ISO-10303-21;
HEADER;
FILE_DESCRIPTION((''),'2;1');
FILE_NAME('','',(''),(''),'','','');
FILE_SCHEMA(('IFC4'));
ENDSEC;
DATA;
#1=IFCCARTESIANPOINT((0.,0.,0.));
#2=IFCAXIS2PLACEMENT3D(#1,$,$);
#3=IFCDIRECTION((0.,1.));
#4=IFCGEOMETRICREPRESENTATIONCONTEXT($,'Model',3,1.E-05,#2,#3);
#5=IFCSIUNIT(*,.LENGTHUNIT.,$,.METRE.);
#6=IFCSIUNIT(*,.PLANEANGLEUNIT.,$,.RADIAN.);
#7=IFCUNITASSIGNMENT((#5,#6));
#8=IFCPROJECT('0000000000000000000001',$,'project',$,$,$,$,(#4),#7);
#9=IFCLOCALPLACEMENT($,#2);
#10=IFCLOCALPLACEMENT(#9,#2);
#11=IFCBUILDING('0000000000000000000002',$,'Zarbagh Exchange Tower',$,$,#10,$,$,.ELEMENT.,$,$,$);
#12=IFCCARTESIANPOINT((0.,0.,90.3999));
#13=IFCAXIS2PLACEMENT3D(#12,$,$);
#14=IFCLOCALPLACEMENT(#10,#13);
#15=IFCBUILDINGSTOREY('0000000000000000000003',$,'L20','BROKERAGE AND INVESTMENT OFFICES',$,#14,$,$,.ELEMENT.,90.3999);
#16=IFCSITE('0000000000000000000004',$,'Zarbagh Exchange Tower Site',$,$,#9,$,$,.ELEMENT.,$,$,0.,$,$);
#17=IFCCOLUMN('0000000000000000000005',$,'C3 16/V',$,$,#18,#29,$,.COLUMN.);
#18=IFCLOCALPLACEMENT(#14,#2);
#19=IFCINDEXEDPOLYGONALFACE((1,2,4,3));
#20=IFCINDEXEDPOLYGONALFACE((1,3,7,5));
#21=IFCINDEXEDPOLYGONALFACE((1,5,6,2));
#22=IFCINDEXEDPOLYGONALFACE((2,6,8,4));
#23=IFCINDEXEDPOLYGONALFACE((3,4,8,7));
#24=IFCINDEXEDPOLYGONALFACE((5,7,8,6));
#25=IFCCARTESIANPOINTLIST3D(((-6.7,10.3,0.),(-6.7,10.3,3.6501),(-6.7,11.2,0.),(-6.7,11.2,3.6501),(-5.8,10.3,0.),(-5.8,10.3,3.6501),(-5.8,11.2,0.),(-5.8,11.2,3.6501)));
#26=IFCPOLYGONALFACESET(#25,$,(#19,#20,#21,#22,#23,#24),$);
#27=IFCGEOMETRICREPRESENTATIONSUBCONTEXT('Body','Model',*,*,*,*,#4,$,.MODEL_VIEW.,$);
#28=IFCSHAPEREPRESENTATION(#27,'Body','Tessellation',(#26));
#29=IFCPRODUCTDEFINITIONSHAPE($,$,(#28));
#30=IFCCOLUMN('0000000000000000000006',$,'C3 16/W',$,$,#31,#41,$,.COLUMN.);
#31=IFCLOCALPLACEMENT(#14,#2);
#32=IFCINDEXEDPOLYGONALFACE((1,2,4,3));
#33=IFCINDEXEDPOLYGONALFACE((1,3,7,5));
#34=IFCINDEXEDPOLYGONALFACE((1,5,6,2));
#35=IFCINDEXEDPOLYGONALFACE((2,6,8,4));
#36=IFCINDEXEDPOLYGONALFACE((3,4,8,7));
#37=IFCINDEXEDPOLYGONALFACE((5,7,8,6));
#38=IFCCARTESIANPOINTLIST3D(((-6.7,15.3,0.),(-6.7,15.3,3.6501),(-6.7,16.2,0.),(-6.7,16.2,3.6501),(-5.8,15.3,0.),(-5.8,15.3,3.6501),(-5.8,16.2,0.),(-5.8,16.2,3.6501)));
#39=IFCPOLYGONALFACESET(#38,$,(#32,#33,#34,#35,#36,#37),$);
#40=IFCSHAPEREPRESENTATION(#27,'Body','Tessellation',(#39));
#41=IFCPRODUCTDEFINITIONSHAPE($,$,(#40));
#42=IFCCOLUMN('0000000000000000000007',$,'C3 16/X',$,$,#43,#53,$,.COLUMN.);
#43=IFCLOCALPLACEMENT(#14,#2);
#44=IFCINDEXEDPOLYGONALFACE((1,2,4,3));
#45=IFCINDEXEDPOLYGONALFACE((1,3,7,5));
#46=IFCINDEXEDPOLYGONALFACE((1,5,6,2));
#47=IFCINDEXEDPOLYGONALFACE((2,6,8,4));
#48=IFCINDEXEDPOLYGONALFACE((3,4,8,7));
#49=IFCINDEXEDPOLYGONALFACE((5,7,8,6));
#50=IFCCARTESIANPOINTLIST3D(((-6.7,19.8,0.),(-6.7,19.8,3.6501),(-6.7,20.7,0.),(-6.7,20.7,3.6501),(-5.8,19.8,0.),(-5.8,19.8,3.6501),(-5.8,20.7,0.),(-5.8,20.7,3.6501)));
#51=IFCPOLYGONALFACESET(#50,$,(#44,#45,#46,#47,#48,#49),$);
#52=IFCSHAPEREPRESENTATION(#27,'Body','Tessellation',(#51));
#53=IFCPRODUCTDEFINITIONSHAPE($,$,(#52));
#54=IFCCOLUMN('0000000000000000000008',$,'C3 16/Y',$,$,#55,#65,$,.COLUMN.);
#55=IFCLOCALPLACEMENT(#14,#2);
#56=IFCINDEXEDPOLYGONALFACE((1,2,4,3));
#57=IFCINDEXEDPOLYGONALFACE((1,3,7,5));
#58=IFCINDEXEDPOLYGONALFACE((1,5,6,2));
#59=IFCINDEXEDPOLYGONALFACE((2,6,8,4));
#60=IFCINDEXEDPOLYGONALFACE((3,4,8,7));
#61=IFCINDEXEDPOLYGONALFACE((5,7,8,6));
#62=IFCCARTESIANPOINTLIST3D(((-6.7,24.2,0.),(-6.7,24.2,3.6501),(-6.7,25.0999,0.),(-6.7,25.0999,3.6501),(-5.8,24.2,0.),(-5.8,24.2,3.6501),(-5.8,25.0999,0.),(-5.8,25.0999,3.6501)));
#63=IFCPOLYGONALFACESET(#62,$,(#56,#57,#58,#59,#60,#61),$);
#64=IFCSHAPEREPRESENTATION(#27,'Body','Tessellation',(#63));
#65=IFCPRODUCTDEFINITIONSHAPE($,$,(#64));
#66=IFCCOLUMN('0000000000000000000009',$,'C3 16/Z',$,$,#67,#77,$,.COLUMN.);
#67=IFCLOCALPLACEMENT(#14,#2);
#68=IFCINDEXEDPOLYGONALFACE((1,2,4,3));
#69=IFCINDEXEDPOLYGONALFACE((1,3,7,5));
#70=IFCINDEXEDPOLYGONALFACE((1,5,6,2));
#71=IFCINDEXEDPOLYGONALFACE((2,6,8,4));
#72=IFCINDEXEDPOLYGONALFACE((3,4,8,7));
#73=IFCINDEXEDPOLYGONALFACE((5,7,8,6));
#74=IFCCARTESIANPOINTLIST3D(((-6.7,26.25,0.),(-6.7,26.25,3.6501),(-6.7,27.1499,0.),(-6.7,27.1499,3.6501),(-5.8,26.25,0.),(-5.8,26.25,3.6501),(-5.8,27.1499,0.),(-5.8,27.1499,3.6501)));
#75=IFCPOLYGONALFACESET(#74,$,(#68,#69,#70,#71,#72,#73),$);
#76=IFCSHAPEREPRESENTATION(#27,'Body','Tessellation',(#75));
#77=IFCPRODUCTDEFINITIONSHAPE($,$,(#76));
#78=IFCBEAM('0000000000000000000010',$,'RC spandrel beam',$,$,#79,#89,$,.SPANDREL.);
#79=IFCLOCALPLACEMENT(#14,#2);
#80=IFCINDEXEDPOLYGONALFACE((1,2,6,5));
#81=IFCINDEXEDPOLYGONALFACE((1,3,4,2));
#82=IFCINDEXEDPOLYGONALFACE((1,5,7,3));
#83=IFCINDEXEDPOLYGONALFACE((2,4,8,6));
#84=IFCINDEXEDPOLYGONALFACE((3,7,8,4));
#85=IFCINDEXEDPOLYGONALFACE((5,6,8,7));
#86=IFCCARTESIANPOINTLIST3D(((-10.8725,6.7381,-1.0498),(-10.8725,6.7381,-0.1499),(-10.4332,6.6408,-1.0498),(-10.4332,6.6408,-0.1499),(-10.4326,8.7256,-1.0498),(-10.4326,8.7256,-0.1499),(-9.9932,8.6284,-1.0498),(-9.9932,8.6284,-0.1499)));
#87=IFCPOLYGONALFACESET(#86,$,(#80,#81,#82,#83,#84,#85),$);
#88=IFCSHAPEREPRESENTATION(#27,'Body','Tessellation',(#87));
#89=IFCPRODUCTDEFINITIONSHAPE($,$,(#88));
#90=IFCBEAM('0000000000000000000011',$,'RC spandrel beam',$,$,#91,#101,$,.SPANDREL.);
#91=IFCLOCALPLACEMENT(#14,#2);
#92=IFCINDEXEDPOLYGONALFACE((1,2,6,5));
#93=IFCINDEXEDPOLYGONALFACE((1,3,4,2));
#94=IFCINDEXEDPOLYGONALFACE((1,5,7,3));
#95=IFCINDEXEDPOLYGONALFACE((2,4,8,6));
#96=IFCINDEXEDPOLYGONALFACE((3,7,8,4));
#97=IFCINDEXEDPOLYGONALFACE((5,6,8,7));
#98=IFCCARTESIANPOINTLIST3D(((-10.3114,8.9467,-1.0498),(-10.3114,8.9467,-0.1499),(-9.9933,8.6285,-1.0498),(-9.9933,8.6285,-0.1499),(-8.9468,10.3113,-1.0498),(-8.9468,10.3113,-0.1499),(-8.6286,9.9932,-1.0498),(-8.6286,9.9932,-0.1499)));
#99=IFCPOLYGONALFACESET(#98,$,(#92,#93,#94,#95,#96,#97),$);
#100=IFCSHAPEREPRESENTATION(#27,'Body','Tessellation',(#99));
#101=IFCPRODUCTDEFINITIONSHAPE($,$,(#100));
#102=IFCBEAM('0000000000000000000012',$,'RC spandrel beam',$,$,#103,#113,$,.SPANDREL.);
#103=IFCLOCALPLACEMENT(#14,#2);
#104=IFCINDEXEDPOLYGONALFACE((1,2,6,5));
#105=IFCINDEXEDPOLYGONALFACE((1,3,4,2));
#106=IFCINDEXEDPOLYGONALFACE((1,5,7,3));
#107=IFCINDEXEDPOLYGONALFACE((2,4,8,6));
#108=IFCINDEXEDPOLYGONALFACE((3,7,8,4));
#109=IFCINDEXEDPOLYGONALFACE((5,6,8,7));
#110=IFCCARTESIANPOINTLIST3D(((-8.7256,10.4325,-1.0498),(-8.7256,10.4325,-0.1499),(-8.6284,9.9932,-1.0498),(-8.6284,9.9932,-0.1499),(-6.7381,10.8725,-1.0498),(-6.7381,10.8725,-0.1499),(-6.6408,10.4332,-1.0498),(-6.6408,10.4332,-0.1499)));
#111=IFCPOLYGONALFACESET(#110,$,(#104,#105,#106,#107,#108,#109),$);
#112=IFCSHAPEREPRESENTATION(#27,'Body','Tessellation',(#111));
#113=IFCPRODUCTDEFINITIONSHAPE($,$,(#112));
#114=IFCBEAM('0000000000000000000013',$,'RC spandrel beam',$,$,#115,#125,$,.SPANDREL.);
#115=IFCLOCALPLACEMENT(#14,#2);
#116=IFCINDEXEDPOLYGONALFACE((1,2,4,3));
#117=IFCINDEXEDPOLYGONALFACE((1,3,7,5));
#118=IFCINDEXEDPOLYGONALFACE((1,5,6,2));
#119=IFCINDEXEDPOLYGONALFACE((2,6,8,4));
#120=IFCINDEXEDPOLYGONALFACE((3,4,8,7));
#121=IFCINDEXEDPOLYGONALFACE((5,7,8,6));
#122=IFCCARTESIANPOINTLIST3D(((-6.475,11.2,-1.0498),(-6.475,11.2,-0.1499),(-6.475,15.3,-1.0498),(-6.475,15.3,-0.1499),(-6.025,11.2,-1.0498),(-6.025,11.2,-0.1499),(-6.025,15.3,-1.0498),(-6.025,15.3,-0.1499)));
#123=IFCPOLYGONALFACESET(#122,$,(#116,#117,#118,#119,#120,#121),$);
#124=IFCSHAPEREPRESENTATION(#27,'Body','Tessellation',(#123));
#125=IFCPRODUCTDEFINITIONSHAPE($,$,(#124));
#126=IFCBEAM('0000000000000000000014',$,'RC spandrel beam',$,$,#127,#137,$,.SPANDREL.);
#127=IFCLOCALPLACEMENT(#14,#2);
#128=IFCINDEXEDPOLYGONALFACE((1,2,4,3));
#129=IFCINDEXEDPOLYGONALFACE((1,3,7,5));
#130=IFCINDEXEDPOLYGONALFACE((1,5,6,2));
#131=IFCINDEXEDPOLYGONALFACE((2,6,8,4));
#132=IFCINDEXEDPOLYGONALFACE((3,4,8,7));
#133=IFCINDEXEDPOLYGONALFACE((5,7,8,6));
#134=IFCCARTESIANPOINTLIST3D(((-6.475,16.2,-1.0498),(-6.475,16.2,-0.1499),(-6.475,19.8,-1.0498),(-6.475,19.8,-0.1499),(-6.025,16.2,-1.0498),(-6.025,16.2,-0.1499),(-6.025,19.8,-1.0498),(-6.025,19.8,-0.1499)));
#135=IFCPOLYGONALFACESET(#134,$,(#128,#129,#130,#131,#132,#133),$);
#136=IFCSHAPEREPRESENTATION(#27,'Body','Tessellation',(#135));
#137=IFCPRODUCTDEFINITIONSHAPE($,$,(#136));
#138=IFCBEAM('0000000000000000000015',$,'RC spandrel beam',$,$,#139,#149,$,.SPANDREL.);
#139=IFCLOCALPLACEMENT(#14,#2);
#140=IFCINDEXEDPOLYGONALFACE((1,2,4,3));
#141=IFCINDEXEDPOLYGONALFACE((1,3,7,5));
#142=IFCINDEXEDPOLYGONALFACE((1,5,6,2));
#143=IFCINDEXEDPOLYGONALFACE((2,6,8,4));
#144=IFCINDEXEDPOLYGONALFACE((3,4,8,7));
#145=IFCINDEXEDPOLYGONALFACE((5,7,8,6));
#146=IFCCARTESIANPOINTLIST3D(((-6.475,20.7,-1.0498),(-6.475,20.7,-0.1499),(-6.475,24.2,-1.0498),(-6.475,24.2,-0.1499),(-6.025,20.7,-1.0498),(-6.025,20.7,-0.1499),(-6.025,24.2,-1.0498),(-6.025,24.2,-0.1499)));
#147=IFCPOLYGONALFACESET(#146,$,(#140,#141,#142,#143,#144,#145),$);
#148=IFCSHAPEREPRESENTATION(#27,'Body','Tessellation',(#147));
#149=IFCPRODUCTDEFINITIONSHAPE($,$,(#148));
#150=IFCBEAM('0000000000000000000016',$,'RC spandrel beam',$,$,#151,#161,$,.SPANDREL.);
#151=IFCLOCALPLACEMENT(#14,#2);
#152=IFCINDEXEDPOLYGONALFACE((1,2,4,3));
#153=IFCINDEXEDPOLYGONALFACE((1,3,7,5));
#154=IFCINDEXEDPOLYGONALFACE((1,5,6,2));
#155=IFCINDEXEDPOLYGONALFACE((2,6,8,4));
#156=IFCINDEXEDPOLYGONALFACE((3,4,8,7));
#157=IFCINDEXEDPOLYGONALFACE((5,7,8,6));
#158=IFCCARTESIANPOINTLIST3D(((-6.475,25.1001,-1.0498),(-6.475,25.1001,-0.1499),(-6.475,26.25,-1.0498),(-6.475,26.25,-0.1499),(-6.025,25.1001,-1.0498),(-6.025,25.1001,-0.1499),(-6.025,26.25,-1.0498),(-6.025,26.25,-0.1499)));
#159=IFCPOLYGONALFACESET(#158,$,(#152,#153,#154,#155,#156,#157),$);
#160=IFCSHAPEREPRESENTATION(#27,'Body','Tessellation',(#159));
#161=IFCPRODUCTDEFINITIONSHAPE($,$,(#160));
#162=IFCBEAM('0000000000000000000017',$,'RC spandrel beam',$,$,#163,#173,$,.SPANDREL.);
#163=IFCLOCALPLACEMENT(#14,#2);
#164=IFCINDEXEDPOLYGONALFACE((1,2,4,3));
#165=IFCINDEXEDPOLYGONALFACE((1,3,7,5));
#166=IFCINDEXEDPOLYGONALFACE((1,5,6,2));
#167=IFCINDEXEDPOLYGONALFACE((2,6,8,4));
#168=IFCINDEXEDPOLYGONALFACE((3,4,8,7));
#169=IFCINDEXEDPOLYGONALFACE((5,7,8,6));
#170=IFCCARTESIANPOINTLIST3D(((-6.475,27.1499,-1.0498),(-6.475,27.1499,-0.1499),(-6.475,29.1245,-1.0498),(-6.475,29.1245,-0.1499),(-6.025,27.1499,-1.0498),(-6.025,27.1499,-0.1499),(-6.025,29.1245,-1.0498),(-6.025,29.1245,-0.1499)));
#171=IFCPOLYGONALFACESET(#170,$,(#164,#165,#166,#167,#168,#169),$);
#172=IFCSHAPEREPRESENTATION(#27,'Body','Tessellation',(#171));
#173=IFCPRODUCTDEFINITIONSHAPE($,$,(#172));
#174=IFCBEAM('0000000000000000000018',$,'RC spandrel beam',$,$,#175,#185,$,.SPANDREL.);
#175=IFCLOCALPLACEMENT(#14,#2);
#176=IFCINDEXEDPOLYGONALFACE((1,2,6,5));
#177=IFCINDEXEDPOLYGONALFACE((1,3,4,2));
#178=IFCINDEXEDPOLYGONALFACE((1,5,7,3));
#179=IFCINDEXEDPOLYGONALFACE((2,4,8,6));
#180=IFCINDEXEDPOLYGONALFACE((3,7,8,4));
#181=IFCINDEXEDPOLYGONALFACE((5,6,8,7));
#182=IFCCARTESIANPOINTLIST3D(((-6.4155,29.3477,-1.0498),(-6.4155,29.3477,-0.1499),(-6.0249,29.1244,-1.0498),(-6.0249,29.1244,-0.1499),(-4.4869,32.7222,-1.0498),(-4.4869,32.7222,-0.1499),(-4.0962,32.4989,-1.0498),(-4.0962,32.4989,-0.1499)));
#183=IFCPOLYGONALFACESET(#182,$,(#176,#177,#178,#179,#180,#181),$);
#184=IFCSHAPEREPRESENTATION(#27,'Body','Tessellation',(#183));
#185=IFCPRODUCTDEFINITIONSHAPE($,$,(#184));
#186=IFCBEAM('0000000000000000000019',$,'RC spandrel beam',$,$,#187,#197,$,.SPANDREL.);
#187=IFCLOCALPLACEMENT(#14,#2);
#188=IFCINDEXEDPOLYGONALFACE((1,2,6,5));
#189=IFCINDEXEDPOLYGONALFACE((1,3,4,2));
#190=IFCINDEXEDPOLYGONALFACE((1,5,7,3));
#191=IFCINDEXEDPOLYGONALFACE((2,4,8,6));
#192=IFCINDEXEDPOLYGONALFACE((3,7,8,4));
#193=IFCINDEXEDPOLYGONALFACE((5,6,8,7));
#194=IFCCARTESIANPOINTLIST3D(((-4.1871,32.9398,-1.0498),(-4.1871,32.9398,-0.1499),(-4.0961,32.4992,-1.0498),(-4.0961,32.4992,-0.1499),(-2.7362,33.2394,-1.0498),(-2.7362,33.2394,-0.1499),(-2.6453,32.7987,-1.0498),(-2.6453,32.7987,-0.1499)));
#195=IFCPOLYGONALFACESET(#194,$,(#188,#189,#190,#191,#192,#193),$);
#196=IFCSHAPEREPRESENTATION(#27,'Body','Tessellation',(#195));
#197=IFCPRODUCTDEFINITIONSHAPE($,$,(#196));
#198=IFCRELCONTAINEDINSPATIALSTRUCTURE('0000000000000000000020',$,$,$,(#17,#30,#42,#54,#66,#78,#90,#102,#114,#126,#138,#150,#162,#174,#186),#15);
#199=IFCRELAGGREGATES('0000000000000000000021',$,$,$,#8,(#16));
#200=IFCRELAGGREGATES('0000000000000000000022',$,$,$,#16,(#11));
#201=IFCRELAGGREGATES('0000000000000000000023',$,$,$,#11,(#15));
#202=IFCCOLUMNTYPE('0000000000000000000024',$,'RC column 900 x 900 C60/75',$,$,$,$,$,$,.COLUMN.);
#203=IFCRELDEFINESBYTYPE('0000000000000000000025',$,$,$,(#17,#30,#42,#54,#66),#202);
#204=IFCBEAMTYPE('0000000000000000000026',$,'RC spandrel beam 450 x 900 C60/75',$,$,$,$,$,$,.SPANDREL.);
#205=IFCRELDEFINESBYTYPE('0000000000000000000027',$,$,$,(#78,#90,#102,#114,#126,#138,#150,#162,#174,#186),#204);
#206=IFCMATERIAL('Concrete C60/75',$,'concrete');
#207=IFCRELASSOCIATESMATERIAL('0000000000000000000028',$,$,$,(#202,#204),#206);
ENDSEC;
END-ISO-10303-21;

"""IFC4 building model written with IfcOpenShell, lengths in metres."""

from ifc_helpers import new_model, si_unit, direction, frame, origin, origin_2d, place, context, subcontext, project, spatial, rectangle, extrude, material, material_profile, profile_set, type_object, element, save


model = new_model("IFC4")

# Units and contexts
model_context = context("Model", 3, precision=1e-05, world=origin(), true_north=direction((0.0, 1.0)))
body_context = subcontext(model_context, "Body", "Model", "MODEL_VIEW")
ifc_project = project(units=[si_unit("LENGTHUNIT", "METRE"), si_unit("PLANEANGLEUNIT", "RADIAN")], contexts=[model_context])

# Site, building, storey
site_placement = place(None, origin())
site = spatial("IfcSite", under=ifc_project, at=site_placement, Name="Zarbagh Exchange Tower Site", CompositionType="ELEMENT", RefElevation=0.0)
building_placement = place(site_placement, origin())
building = spatial("IfcBuilding", under=site, at=building_placement, Name="Zarbagh Exchange Tower", CompositionType="ELEMENT")
storey_placement = place(building_placement, frame((0.0, 0.0, 90.3999)))
storey = spatial("IfcBuildingStorey", under=building, at=storey_placement, Name="L20", Description="BROKERAGE AND INVESTMENT OFFICES", CompositionType="ELEMENT", Elevation=90.3999)

# Columns
ifc_material_1 = material(Name="Concrete C60/75", Category="concrete")
ifc_material_profile_1 = material_profile(ifc_material_1, rectangle(XDim=0.8999, YDim=0.8999, at=origin_2d()), Name="RC column 900 x 900 C60/75")
ifc_profile_set_1 = profile_set([ifc_material_profile_1], Name="Concrete C60/75")
column_type = type_object("IfcColumnType", Name="RC column 900 x 900 C60/75", PredefinedType="COLUMN", material=ifc_profile_set_1)
for number, where, z_axis, x_axis, name in (
    (1, (-6.25, 10.75, 0.0), (0.0, 0.0, 1.0), (1.0, 0.0, 0.0), "C3 16/V"),
    (2, (-6.25, 15.75, 0.0), (0.0, 0.0, 1.0), (1.0, 0.0, 0.0), "C3 16/W"),
    (3, (-6.25, 20.25, 0.0), (0.0, 0.0, 1.0), (1.0, 0.0, 0.0), "C3 16/X"),
    (4, (-6.25, 24.6499, 0.0), (0.0, 0.0, 1.0), (1.0, 0.0, 0.0), "C3 16/Y"),
    (5, (-6.25, 26.7, 0.0), (0.0, 0.0, 1.0), (1.0, 0.0, 0.0), "C3 16/Z"),
):
    element("IfcColumn", number, at=place(storey_placement, frame(where, z_axis=z_axis, x_axis=x_axis)), inside=storey, type_object=column_type, Name=name, PredefinedType="COLUMN", context=body_context, shape_type="SweptSolid", body=[
        extrude(rectangle(XDim=0.8999, YDim=0.8999, at=origin_2d()), origin(), (0.0, 0.0, 1.0), 3.6501),
    ])

# Beams
ifc_material_profile_2 = material_profile(ifc_material_1, rectangle(XDim=0.45, YDim=0.8999, at=origin_2d()), Name="RC spandrel beam 450 x 900 C60/75")
ifc_profile_set_2 = profile_set([ifc_material_profile_2], Name="Concrete C60/75")
beam_type = type_object("IfcBeamType", Name="RC spandrel beam 450 x 900 C60/75", PredefinedType="SPANDREL", material=ifc_profile_set_2)
beam_1_placement = place(storey_placement, frame((-10.6528, 6.6895, -0.5999), z_axis=(0.216118, 0.976367, 0.0), x_axis=(-0.976367, 0.216118, 0.0)))
element("IfcBeam", 6, at=beam_1_placement, inside=storey, type_object=beam_type, Name="RC spandrel beam", PredefinedType="SPANDREL", context=body_context, shape_type="SweptSolid", body=[
    extrude(rectangle(XDim=0.45, YDim=0.8999, at=origin_2d()), origin(), (0.0, 0.0, 1.0), 2.0356),
])
beam_2_placement = place(storey_placement, frame((-10.1523, 8.7876, -0.5999), z_axis=(0.707107, 0.707107, 0.0), x_axis=(-0.707107, 0.707107, 0.0)))
element("IfcBeam", 7, at=beam_2_placement, inside=storey, type_object=beam_type, Name="RC spandrel beam", PredefinedType="SPANDREL", context=body_context, shape_type="SweptSolid", body=[
    extrude(rectangle(XDim=0.45, YDim=0.8999, at=origin_2d()), origin(), (0.0, 0.0, 1.0), 1.9299),
])
beam_3_placement = place(storey_placement, frame((-8.677, 10.2129, -0.5999), z_axis=(0.976367, 0.216118, 0.0), x_axis=(-0.216118, 0.976367, 0.0)))
element("IfcBeam", 8, at=beam_3_placement, inside=storey, type_object=beam_type, Name="RC spandrel beam", PredefinedType="SPANDREL", context=body_context, shape_type="SweptSolid", body=[
    extrude(rectangle(XDim=0.45, YDim=0.8999, at=origin_2d()), origin(), (0.0, 0.0, 1.0), 2.0356),
])
beam_4_placement = place(storey_placement, frame((-6.25, 11.2, -0.5999), z_axis=(0.0, 1.0, 0.0), x_axis=(-1.0, 0.0, 0.0)))
element("IfcBeam", 9, at=beam_4_placement, inside=storey, type_object=beam_type, Name="RC spandrel beam", PredefinedType="SPANDREL", context=body_context, shape_type="SweptSolid", body=[
    extrude(rectangle(XDim=0.45, YDim=0.8999, at=origin_2d()), origin(), (0.0, 0.0, 1.0), 4.1001),
])
beam_5_placement = place(storey_placement, frame((-6.25, 16.2, -0.5999), z_axis=(0.0, 1.0, 0.0), x_axis=(-1.0, 0.0, 0.0)))
element("IfcBeam", 10, at=beam_5_placement, inside=storey, type_object=beam_type, Name="RC spandrel beam", PredefinedType="SPANDREL", context=body_context, shape_type="SweptSolid", body=[
    extrude(rectangle(XDim=0.45, YDim=0.8999, at=origin_2d()), origin(), (0.0, 0.0, 1.0), 3.6001),
])
beam_6_placement = place(storey_placement, frame((-6.25, 20.7, -0.5999), z_axis=(0.0, 1.0, 0.0), x_axis=(-1.0, 0.0, 0.0)))
element("IfcBeam", 11, at=beam_6_placement, inside=storey, type_object=beam_type, Name="RC spandrel beam", PredefinedType="SPANDREL", context=body_context, shape_type="SweptSolid", body=[
    extrude(rectangle(XDim=0.45, YDim=0.8999, at=origin_2d()), origin(), (0.0, 0.0, 1.0), 3.5),
])
beam_7_placement = place(storey_placement, frame((-6.25, 25.1001, -0.5999), z_axis=(0.0, 1.0, 0.0), x_axis=(-1.0, 0.0, 0.0)))
element("IfcBeam", 12, at=beam_7_placement, inside=storey, type_object=beam_type, Name="RC spandrel beam", PredefinedType="SPANDREL", context=body_context, shape_type="SweptSolid", body=[
    extrude(rectangle(XDim=0.45, YDim=0.8999, at=origin_2d()), origin(), (0.0, 0.0, 1.0), 1.1499),
])
beam_8_placement = place(storey_placement, frame((-6.25, 27.1499, -0.5999), z_axis=(0.0, 1.0, 0.0), x_axis=(-1.0, 0.0, 0.0)))
element("IfcBeam", 13, at=beam_8_placement, inside=storey, type_object=beam_type, Name="RC spandrel beam", PredefinedType="SPANDREL", context=body_context, shape_type="SweptSolid", body=[
    extrude(rectangle(XDim=0.45, YDim=0.8999, at=origin_2d()), origin(), (0.0, 0.0, 1.0), 1.9746),
])
beam_9_placement = place(storey_placement, frame((-6.2202, 29.2361, -0.5999), z_axis=(0.49622, 0.868197, 0.0), x_axis=(-0.868197, 0.49622, 0.0)))
element("IfcBeam", 14, at=beam_9_placement, inside=storey, type_object=beam_type, Name="RC spandrel beam", PredefinedType="SPANDREL", context=body_context, shape_type="SweptSolid", body=[
    extrude(rectangle(XDim=0.45, YDim=0.8999, at=origin_2d()), origin(), (0.0, 0.0, 1.0), 3.8867),
])
beam_10_placement = place(storey_placement, frame((-4.1416, 32.7195, -0.5999), z_axis=(0.979345, 0.202197, 0.0), x_axis=(-0.202197, 0.979345, 0.0)))
element("IfcBeam", 15, at=beam_10_placement, inside=storey, type_object=beam_type, Name="RC spandrel beam", PredefinedType="SPANDREL", context=body_context, shape_type="SweptSolid", body=[
    extrude(rectangle(XDim=0.45, YDim=0.8999, at=origin_2d()), origin(), (0.0, 0.0, 1.0), 1.4814),
])

save(model, "model.ifc")
